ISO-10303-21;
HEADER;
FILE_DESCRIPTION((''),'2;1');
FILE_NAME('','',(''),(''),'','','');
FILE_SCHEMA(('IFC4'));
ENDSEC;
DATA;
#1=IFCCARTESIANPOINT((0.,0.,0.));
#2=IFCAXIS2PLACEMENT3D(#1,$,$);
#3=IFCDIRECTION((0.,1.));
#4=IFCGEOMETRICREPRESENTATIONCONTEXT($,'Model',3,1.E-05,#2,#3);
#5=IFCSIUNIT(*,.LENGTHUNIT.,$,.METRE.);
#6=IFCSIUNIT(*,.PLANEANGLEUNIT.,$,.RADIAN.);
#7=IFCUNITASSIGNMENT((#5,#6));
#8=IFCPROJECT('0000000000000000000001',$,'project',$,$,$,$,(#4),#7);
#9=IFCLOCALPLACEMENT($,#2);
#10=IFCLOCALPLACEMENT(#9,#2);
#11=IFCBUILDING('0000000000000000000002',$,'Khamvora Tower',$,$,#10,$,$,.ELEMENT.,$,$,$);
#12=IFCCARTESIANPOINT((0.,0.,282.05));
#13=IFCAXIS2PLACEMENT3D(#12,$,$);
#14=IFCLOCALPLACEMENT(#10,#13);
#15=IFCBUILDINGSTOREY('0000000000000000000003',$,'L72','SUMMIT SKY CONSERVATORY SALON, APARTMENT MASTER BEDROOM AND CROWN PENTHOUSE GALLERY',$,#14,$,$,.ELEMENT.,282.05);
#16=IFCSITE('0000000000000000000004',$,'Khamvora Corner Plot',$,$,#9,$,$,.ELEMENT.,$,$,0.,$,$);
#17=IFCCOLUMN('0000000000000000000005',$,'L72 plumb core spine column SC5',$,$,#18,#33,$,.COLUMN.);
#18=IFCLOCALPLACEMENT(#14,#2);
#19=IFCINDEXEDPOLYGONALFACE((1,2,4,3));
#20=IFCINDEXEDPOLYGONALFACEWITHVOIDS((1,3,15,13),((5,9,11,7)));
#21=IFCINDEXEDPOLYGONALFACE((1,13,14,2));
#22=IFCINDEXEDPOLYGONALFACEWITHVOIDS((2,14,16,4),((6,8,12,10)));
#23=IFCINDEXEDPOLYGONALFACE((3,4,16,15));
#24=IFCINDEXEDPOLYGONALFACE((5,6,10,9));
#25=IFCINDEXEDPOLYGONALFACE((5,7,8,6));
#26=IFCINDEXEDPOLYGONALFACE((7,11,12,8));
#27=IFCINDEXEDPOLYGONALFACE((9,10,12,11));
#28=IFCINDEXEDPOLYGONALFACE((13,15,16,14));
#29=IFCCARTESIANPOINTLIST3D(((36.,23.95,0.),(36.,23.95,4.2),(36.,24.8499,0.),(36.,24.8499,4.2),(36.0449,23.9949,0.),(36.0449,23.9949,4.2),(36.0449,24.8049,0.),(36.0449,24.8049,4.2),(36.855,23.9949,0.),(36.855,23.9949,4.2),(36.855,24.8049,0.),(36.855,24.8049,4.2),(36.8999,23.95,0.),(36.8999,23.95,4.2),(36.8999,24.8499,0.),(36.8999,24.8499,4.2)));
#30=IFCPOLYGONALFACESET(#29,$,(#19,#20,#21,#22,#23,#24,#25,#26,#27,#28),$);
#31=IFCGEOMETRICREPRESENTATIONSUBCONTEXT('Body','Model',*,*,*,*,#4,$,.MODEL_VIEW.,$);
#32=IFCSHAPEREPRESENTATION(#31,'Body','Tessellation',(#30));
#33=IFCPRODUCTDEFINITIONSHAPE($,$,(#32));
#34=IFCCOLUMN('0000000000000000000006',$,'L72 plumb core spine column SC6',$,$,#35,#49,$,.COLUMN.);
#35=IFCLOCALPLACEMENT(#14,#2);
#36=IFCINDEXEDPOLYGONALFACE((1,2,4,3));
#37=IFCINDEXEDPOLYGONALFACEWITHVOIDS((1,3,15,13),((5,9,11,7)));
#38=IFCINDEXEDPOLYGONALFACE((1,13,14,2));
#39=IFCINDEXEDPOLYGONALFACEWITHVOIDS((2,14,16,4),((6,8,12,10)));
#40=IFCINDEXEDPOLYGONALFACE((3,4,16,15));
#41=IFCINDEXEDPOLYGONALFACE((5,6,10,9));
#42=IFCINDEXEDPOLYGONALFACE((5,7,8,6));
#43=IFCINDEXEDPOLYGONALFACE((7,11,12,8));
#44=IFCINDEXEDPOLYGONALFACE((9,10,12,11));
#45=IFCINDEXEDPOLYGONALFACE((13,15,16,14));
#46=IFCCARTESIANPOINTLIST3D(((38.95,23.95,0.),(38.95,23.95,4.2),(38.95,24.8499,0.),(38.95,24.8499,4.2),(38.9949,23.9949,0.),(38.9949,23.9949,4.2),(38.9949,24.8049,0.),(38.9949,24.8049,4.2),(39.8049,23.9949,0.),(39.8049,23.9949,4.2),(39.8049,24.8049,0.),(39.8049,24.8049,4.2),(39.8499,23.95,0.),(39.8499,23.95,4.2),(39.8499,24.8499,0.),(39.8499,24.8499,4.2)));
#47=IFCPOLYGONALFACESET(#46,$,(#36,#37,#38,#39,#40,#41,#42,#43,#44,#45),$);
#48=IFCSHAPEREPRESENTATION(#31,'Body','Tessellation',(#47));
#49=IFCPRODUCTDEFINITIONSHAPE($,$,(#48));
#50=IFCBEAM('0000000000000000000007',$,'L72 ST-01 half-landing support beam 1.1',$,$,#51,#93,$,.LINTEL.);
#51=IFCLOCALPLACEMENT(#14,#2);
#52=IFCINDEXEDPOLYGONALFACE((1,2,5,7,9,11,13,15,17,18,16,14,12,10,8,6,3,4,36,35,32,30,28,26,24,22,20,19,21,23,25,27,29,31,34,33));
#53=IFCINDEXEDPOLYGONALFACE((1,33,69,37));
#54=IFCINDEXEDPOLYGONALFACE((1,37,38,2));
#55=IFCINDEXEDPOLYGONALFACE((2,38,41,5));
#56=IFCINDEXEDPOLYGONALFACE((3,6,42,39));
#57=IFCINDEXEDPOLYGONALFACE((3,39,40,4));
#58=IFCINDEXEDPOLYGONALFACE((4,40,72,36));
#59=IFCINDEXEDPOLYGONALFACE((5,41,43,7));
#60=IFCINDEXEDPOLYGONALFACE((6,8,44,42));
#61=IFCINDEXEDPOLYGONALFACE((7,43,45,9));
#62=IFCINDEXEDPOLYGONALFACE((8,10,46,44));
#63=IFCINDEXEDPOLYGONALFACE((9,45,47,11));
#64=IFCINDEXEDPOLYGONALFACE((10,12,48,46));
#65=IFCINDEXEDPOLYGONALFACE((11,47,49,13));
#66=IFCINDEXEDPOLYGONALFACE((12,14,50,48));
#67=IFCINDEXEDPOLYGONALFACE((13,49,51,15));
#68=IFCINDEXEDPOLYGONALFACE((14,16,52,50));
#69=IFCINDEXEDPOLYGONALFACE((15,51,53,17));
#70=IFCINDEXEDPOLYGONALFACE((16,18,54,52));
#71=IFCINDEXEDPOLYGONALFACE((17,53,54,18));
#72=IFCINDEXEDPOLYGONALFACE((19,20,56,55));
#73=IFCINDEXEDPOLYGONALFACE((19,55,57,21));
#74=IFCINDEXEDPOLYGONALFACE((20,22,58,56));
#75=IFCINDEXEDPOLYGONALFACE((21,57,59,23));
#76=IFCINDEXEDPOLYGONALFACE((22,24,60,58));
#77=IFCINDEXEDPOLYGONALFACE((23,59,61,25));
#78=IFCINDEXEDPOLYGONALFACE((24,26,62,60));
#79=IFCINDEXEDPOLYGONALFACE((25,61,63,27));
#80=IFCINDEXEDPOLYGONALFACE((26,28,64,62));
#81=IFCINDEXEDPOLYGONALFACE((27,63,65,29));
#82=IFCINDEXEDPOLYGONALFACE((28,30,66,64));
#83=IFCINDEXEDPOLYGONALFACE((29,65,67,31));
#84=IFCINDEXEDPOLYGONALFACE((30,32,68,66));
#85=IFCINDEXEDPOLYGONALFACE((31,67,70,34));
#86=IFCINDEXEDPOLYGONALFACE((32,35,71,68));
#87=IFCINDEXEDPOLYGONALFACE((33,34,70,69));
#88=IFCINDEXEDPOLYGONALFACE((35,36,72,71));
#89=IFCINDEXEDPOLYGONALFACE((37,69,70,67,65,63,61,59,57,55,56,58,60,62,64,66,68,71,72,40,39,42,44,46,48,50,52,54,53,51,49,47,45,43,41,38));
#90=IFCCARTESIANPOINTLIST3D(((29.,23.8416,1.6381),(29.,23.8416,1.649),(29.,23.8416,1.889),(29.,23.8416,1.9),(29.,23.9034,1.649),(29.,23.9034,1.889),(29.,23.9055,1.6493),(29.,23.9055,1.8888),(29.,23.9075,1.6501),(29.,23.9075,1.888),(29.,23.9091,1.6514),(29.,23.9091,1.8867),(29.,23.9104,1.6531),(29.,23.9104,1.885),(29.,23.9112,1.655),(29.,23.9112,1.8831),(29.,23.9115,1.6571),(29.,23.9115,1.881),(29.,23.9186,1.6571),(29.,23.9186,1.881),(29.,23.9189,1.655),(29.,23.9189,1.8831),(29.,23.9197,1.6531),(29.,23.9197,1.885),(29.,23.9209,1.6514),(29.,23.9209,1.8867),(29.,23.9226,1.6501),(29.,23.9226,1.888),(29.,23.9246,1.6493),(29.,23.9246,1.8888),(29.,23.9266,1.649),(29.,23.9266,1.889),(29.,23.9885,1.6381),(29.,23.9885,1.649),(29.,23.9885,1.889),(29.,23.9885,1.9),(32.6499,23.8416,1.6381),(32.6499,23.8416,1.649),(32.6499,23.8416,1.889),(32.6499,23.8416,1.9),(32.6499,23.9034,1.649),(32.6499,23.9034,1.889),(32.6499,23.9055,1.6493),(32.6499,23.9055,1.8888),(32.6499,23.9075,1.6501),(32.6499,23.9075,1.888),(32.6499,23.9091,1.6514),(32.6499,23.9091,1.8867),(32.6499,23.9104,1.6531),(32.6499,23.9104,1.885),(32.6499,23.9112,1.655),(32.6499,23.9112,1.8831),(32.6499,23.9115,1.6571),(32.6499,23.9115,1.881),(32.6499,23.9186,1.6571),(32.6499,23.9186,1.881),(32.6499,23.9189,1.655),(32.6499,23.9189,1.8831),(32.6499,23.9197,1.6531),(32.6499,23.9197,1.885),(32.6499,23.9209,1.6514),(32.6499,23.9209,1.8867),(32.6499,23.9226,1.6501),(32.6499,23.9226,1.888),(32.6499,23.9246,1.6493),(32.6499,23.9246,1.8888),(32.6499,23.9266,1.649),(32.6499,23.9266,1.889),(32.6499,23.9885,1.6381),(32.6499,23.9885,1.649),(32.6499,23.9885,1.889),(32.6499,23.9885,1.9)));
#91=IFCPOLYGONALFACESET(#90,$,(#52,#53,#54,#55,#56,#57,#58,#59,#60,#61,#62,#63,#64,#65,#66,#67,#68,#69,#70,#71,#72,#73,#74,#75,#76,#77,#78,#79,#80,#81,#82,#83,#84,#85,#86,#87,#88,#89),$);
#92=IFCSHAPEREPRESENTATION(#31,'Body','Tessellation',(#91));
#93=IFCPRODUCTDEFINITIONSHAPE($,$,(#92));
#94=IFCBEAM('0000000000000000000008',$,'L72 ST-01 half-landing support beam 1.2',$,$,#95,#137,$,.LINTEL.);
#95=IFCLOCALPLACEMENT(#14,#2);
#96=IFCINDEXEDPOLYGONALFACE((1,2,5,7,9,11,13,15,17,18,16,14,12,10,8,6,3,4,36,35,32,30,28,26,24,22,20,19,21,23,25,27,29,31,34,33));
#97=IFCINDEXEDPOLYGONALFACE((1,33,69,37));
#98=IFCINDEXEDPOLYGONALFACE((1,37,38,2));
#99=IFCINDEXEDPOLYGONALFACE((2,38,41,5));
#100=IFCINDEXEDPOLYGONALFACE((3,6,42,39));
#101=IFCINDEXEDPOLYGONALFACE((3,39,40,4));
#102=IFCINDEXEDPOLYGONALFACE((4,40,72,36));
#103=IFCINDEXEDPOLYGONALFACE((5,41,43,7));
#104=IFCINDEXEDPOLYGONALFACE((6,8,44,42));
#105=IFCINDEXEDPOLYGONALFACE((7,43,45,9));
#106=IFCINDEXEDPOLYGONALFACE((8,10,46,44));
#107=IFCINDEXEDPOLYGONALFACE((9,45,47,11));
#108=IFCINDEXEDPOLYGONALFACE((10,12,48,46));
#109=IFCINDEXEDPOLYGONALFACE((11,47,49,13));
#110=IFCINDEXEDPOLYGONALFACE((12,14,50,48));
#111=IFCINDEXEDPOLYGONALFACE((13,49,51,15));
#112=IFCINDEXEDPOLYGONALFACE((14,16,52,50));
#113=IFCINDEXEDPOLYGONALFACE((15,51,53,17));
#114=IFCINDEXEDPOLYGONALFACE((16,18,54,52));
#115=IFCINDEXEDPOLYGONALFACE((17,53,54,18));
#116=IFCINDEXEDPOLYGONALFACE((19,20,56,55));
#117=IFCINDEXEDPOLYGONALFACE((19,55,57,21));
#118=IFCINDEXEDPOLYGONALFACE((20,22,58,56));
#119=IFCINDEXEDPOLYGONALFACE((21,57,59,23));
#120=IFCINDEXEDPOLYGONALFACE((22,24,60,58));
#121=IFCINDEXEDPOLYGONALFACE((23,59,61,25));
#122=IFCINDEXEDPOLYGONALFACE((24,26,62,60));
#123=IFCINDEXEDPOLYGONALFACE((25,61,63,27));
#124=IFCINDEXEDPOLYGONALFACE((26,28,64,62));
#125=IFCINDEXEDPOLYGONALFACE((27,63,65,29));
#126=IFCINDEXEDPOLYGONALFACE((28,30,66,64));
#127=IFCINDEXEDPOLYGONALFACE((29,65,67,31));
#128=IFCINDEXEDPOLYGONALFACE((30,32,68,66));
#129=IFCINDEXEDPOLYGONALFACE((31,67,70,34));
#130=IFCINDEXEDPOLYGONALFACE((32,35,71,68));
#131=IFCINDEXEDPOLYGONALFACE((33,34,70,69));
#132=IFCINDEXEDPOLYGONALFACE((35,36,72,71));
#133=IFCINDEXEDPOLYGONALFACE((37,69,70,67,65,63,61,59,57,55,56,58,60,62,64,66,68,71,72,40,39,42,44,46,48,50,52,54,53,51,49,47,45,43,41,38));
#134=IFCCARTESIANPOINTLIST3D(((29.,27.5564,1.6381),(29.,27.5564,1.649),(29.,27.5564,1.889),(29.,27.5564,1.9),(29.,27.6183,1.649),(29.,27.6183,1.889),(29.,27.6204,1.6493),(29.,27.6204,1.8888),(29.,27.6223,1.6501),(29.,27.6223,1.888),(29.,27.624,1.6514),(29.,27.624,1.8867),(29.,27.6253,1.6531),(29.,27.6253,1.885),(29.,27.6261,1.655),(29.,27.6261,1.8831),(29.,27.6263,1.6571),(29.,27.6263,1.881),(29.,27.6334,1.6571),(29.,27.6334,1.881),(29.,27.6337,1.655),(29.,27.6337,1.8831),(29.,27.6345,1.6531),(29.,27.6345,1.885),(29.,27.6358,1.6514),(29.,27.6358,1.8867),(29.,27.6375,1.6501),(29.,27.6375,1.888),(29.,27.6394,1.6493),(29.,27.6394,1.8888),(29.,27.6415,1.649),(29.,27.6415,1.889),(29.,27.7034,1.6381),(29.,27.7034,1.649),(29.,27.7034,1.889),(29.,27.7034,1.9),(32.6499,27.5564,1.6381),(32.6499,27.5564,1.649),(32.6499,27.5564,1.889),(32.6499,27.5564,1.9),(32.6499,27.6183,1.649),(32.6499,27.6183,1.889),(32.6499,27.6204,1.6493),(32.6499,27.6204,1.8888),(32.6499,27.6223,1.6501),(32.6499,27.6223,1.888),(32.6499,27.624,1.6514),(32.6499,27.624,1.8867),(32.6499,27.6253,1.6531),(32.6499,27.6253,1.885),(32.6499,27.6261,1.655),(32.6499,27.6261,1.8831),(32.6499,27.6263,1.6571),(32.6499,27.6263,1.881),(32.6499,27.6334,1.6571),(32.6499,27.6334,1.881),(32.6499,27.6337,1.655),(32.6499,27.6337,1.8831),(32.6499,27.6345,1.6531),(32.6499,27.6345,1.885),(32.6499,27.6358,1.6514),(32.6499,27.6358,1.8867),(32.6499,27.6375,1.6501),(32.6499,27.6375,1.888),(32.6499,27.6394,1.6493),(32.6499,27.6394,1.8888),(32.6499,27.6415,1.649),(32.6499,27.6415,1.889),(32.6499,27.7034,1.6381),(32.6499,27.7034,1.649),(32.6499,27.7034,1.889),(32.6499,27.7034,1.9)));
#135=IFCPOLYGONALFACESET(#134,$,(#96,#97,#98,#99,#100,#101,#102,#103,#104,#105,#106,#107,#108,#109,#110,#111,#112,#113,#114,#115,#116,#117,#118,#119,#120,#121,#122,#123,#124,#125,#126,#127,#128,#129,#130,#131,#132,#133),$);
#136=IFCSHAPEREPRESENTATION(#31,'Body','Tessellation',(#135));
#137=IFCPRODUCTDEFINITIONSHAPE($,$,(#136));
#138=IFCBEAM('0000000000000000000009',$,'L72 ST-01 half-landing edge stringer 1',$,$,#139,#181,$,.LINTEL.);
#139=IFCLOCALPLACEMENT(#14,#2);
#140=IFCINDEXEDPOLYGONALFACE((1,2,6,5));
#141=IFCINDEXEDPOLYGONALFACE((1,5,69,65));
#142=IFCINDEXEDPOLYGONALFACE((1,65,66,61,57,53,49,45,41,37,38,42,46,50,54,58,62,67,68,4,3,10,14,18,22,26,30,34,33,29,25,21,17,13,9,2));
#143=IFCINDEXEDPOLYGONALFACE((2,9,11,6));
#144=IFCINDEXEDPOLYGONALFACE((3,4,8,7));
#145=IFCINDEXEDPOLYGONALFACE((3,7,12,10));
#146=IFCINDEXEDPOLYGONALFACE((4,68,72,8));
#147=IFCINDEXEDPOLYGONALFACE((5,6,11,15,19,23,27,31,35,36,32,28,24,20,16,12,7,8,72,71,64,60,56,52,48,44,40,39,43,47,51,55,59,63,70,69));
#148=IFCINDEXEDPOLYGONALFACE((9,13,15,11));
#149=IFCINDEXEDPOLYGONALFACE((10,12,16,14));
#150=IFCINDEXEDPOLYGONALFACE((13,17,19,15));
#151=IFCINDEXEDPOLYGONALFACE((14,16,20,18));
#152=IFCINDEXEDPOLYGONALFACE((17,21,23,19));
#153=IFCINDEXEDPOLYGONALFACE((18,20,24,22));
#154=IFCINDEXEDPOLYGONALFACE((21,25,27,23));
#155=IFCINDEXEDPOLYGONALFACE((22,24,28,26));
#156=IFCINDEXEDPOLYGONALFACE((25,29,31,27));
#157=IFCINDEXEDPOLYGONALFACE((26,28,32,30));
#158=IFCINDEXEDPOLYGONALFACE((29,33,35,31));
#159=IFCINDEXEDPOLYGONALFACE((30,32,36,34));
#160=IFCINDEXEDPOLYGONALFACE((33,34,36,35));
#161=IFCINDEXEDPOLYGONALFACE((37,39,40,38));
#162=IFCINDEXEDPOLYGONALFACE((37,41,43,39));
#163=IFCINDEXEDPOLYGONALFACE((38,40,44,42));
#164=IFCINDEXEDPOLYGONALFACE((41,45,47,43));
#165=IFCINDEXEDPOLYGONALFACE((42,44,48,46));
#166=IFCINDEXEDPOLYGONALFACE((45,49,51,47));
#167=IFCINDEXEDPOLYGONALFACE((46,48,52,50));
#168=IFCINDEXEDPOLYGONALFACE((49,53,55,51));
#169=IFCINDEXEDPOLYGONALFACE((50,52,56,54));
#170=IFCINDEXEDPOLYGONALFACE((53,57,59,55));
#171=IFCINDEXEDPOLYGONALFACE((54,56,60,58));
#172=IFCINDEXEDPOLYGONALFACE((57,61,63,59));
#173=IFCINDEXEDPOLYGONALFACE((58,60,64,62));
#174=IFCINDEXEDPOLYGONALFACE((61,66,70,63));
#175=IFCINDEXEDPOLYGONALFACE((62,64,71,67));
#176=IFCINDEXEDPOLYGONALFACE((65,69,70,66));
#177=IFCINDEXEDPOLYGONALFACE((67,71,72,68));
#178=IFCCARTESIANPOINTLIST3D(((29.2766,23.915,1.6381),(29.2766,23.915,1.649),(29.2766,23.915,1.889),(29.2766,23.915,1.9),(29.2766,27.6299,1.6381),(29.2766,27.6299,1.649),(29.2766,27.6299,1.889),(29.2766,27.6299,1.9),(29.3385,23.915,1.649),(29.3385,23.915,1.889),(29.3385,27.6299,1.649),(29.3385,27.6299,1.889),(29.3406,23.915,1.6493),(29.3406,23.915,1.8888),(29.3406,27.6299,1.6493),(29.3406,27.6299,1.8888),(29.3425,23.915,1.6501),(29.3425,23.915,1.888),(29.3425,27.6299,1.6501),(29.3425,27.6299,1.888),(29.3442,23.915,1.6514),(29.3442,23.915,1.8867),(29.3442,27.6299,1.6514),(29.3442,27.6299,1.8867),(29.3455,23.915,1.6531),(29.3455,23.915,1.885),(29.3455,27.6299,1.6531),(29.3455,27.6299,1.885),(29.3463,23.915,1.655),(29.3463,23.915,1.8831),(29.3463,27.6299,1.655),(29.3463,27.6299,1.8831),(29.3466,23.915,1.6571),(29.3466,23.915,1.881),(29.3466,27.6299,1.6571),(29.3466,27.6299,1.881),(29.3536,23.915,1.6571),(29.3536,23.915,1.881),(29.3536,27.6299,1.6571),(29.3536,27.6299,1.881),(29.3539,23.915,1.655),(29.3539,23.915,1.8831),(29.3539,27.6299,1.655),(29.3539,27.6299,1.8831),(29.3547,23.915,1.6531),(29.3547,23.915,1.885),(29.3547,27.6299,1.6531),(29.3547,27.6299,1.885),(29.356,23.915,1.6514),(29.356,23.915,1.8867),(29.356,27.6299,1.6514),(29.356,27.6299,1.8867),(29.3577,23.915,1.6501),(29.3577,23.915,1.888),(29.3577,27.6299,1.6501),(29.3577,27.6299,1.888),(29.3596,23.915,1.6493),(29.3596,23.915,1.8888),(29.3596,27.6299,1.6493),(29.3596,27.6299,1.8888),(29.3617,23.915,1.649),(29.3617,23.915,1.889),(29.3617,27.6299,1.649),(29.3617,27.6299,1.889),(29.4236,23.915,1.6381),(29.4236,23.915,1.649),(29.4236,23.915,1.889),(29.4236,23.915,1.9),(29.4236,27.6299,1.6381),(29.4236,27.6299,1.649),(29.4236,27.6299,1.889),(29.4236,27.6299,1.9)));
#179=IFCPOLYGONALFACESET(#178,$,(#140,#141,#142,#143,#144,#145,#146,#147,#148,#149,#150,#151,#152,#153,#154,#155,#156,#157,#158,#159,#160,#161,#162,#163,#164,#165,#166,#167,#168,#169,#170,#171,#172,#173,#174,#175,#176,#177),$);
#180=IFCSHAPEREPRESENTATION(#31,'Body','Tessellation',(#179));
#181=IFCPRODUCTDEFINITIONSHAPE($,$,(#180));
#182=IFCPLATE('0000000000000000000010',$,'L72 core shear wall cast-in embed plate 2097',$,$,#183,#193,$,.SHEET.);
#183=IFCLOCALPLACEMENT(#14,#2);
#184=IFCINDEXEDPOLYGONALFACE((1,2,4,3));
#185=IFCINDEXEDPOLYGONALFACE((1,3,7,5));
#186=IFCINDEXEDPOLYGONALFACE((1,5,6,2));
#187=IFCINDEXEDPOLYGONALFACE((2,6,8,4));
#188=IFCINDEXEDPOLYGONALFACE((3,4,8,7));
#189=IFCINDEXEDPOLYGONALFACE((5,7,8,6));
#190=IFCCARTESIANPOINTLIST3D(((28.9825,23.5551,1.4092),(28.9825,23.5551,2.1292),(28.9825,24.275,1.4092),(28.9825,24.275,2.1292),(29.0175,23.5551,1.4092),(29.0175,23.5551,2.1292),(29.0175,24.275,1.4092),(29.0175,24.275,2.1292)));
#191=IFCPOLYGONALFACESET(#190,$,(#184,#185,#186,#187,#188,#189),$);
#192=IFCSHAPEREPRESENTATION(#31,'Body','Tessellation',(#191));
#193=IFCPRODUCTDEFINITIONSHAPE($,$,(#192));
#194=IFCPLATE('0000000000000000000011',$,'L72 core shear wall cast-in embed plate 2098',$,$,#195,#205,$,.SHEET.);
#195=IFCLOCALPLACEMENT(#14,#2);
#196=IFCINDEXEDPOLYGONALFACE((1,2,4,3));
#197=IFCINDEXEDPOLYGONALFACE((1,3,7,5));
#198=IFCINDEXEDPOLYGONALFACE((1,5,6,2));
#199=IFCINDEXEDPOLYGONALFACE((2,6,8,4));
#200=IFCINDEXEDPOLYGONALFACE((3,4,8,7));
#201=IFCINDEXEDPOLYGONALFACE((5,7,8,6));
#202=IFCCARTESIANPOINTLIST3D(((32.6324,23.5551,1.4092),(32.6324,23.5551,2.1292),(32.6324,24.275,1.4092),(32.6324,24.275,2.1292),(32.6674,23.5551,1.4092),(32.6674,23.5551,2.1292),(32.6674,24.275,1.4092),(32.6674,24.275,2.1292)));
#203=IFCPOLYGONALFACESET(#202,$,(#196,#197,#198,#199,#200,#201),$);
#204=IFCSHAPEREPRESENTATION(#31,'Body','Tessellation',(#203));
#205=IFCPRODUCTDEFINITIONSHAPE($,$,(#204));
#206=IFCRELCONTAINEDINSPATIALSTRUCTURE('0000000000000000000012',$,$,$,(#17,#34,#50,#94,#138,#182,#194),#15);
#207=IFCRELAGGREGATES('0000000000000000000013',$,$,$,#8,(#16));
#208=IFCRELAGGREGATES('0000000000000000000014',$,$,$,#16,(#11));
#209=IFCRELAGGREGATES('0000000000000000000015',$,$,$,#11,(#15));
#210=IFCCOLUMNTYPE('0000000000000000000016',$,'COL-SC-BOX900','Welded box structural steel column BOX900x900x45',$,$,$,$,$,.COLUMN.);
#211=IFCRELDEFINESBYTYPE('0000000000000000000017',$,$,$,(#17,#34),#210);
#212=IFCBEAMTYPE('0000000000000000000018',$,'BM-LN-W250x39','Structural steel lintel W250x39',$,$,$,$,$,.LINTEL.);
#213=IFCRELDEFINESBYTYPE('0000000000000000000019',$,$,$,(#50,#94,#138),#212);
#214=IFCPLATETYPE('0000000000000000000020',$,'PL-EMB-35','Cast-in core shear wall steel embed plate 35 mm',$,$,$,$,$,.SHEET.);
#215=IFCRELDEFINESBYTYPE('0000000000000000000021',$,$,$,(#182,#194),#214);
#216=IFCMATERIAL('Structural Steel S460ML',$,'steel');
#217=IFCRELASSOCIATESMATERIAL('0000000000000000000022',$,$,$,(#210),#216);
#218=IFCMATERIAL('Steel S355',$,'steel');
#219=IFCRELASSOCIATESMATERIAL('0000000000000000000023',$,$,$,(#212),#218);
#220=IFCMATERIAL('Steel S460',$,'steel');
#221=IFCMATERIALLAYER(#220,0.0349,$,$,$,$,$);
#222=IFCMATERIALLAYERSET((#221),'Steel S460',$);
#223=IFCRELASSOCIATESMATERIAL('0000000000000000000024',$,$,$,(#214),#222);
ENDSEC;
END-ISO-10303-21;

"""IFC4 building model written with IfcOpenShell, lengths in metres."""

from ifc_helpers import new_model, si_unit, direction, frame, origin, origin_2d, place, context, subcontext, project, spatial, rectangle, hollow_rectangle, i_section, extrude, material, layer, layer_set, material_profile, profile_set, type_object, element, save


model = new_model("IFC4")

# Units and contexts
model_context = context("Model", 3, precision=1e-05, world=origin(), true_north=direction((0.0, 1.0)))
body_context = subcontext(model_context, "Body", "Model", "MODEL_VIEW")
ifc_project = project(units=[si_unit("LENGTHUNIT", "METRE"), si_unit("PLANEANGLEUNIT", "RADIAN")], contexts=[model_context])

# Site, building, storey
site_placement = place(None, origin())
site = spatial("IfcSite", under=ifc_project, at=site_placement, Name="Khamvora Corner Plot", CompositionType="ELEMENT", RefElevation=0.0)
building_placement = place(site_placement, origin())
building = spatial("IfcBuilding", under=site, at=building_placement, Name="Khamvora Tower", CompositionType="ELEMENT")
storey_placement = place(building_placement, frame((0.0, 0.0, 282.05)))
storey = spatial("IfcBuildingStorey", under=building, at=storey_placement, Name="L72", Description="SUMMIT SKY CONSERVATORY SALON, APARTMENT MASTER BEDROOM AND CROWN PENTHOUSE GALLERY", CompositionType="ELEMENT", Elevation=282.05)

# Columns
ifc_material_1 = material(Name="Structural Steel S460ML", Category="steel")
ifc_material_profile_1 = material_profile(ifc_material_1, hollow_rectangle(XDim=0.8999, YDim=0.8999, WallThickness=0.0449, at=origin_2d()), Name="BOX900x900x45")
ifc_profile_set_1 = profile_set([ifc_material_profile_1], Name="Structural Steel S460ML")
column_type = type_object("IfcColumnType", Name="COL-SC-BOX900", Description="Welded box structural steel column BOX900x900x45", PredefinedType="COLUMN", material=ifc_profile_set_1)
for number, where, z_axis, x_axis, name in (
    (1, (36.45, 24.3999, 0.0), (0.0, 0.0, 1.0), (1.0, 0.0, 0.0), "L72 plumb core spine column SC5"),
    (2, (39.3999, 24.3999, 0.0), (0.0, 0.0, 1.0), (1.0, 0.0, 0.0), "L72 plumb core spine column SC6"),
):
    element("IfcColumn", number, at=place(storey_placement, frame(where, z_axis=z_axis, x_axis=x_axis)), inside=storey, type_object=column_type, Name=name, PredefinedType="COLUMN", context=body_context, shape_type="SweptSolid", body=[
        extrude(hollow_rectangle(XDim=0.8999, YDim=0.8999, WallThickness=0.0449, at=origin_2d()), origin(), (0.0, 0.0, 1.0), 4.2),
    ])

# Beams
ifc_material_2 = material(Name="Steel S355", Category="steel")
ifc_material_profile_2 = material_profile(ifc_material_2, i_section(OverallWidth=0.147, OverallDepth=0.262, WebThickness=0.0071, FlangeThickness=0.011, FilletRadius=0.0081, at=origin_2d()), Name="W250x39")
ifc_profile_set_2 = profile_set([ifc_material_profile_2], Name="Steel S355")
beam_type = type_object("IfcBeamType", Name="BM-LN-W250x39", Description="Structural steel lintel W250x39", PredefinedType="LINTEL", material=ifc_profile_set_2)
for number, where, z_axis, x_axis, name in (
    (3, (29.0, 23.915, 1.769), (1.0, 0.0, 0.0), (0.0, 1.0, 0.0), "L72 ST-01 half-landing support beam 1.1"),
    (4, (29.0, 27.6299, 1.769), (1.0, 0.0, 0.0), (0.0, 1.0, 0.0), "L72 ST-01 half-landing support beam 1.2"),
):
    element("IfcBeam", number, at=place(storey_placement, frame(where, z_axis=z_axis, x_axis=x_axis)), inside=storey, type_object=beam_type, Name=name, PredefinedType="LINTEL", context=body_context, shape_type="SweptSolid", body=[
        extrude(i_section(OverallWidth=0.147, OverallDepth=0.262, WebThickness=0.0071, FlangeThickness=0.011, FilletRadius=0.0081, at=origin_2d()), origin(), (0.0, 0.0, 1.0), 3.6499),
    ])
beam_placement = place(storey_placement, frame((29.3501, 23.915, 1.769), z_axis=(0.0, 1.0, 0.0), x_axis=(-1.0, 0.0, 0.0)))
element("IfcBeam", 5, at=beam_placement, inside=storey, type_object=beam_type, Name="L72 ST-01 half-landing edge stringer 1", PredefinedType="LINTEL", context=body_context, shape_type="SweptSolid", body=[
    extrude(i_section(OverallWidth=0.147, OverallDepth=0.262, WebThickness=0.0071, FlangeThickness=0.011, FilletRadius=0.0081, at=origin_2d()), origin(), (0.0, 0.0, 1.0), 3.7148),
])

# Plates
ifc_material_3 = material(Name="Steel S460", Category="steel")
ifc_layer_1 = layer(ifc_material_3, 0.0349)
ifc_layer_set_1 = layer_set([ifc_layer_1], Name="Steel S460")
plate_type = type_object("IfcPlateType", Name="PL-EMB-35", Description="Cast-in core shear wall steel embed plate 35 mm", PredefinedType="SHEET", material=ifc_layer_set_1)
for number, where, z_axis, x_axis, name in (
    (6, (29.0, 23.915, 1.4092), (0.0, 0.0, 1.0), (1.0, 0.0, 0.0), "L72 core shear wall cast-in embed plate 2097"),
    (7, (32.6499, 23.915, 1.4092), (0.0, 0.0, 1.0), (1.0, 0.0, 0.0), "L72 core shear wall cast-in embed plate 2098"),
):
    element("IfcPlate", number, at=place(storey_placement, frame(where, z_axis=z_axis, x_axis=x_axis)), inside=storey, type_object=plate_type, Name=name, PredefinedType="SHEET", context=body_context, shape_type="SweptSolid", body=[
        extrude(rectangle(XDim=0.0349, YDim=0.72, at=origin_2d()), origin(), (0.0, 0.0, 1.0), 0.72),
    ])

save(model, "model.ifc")
